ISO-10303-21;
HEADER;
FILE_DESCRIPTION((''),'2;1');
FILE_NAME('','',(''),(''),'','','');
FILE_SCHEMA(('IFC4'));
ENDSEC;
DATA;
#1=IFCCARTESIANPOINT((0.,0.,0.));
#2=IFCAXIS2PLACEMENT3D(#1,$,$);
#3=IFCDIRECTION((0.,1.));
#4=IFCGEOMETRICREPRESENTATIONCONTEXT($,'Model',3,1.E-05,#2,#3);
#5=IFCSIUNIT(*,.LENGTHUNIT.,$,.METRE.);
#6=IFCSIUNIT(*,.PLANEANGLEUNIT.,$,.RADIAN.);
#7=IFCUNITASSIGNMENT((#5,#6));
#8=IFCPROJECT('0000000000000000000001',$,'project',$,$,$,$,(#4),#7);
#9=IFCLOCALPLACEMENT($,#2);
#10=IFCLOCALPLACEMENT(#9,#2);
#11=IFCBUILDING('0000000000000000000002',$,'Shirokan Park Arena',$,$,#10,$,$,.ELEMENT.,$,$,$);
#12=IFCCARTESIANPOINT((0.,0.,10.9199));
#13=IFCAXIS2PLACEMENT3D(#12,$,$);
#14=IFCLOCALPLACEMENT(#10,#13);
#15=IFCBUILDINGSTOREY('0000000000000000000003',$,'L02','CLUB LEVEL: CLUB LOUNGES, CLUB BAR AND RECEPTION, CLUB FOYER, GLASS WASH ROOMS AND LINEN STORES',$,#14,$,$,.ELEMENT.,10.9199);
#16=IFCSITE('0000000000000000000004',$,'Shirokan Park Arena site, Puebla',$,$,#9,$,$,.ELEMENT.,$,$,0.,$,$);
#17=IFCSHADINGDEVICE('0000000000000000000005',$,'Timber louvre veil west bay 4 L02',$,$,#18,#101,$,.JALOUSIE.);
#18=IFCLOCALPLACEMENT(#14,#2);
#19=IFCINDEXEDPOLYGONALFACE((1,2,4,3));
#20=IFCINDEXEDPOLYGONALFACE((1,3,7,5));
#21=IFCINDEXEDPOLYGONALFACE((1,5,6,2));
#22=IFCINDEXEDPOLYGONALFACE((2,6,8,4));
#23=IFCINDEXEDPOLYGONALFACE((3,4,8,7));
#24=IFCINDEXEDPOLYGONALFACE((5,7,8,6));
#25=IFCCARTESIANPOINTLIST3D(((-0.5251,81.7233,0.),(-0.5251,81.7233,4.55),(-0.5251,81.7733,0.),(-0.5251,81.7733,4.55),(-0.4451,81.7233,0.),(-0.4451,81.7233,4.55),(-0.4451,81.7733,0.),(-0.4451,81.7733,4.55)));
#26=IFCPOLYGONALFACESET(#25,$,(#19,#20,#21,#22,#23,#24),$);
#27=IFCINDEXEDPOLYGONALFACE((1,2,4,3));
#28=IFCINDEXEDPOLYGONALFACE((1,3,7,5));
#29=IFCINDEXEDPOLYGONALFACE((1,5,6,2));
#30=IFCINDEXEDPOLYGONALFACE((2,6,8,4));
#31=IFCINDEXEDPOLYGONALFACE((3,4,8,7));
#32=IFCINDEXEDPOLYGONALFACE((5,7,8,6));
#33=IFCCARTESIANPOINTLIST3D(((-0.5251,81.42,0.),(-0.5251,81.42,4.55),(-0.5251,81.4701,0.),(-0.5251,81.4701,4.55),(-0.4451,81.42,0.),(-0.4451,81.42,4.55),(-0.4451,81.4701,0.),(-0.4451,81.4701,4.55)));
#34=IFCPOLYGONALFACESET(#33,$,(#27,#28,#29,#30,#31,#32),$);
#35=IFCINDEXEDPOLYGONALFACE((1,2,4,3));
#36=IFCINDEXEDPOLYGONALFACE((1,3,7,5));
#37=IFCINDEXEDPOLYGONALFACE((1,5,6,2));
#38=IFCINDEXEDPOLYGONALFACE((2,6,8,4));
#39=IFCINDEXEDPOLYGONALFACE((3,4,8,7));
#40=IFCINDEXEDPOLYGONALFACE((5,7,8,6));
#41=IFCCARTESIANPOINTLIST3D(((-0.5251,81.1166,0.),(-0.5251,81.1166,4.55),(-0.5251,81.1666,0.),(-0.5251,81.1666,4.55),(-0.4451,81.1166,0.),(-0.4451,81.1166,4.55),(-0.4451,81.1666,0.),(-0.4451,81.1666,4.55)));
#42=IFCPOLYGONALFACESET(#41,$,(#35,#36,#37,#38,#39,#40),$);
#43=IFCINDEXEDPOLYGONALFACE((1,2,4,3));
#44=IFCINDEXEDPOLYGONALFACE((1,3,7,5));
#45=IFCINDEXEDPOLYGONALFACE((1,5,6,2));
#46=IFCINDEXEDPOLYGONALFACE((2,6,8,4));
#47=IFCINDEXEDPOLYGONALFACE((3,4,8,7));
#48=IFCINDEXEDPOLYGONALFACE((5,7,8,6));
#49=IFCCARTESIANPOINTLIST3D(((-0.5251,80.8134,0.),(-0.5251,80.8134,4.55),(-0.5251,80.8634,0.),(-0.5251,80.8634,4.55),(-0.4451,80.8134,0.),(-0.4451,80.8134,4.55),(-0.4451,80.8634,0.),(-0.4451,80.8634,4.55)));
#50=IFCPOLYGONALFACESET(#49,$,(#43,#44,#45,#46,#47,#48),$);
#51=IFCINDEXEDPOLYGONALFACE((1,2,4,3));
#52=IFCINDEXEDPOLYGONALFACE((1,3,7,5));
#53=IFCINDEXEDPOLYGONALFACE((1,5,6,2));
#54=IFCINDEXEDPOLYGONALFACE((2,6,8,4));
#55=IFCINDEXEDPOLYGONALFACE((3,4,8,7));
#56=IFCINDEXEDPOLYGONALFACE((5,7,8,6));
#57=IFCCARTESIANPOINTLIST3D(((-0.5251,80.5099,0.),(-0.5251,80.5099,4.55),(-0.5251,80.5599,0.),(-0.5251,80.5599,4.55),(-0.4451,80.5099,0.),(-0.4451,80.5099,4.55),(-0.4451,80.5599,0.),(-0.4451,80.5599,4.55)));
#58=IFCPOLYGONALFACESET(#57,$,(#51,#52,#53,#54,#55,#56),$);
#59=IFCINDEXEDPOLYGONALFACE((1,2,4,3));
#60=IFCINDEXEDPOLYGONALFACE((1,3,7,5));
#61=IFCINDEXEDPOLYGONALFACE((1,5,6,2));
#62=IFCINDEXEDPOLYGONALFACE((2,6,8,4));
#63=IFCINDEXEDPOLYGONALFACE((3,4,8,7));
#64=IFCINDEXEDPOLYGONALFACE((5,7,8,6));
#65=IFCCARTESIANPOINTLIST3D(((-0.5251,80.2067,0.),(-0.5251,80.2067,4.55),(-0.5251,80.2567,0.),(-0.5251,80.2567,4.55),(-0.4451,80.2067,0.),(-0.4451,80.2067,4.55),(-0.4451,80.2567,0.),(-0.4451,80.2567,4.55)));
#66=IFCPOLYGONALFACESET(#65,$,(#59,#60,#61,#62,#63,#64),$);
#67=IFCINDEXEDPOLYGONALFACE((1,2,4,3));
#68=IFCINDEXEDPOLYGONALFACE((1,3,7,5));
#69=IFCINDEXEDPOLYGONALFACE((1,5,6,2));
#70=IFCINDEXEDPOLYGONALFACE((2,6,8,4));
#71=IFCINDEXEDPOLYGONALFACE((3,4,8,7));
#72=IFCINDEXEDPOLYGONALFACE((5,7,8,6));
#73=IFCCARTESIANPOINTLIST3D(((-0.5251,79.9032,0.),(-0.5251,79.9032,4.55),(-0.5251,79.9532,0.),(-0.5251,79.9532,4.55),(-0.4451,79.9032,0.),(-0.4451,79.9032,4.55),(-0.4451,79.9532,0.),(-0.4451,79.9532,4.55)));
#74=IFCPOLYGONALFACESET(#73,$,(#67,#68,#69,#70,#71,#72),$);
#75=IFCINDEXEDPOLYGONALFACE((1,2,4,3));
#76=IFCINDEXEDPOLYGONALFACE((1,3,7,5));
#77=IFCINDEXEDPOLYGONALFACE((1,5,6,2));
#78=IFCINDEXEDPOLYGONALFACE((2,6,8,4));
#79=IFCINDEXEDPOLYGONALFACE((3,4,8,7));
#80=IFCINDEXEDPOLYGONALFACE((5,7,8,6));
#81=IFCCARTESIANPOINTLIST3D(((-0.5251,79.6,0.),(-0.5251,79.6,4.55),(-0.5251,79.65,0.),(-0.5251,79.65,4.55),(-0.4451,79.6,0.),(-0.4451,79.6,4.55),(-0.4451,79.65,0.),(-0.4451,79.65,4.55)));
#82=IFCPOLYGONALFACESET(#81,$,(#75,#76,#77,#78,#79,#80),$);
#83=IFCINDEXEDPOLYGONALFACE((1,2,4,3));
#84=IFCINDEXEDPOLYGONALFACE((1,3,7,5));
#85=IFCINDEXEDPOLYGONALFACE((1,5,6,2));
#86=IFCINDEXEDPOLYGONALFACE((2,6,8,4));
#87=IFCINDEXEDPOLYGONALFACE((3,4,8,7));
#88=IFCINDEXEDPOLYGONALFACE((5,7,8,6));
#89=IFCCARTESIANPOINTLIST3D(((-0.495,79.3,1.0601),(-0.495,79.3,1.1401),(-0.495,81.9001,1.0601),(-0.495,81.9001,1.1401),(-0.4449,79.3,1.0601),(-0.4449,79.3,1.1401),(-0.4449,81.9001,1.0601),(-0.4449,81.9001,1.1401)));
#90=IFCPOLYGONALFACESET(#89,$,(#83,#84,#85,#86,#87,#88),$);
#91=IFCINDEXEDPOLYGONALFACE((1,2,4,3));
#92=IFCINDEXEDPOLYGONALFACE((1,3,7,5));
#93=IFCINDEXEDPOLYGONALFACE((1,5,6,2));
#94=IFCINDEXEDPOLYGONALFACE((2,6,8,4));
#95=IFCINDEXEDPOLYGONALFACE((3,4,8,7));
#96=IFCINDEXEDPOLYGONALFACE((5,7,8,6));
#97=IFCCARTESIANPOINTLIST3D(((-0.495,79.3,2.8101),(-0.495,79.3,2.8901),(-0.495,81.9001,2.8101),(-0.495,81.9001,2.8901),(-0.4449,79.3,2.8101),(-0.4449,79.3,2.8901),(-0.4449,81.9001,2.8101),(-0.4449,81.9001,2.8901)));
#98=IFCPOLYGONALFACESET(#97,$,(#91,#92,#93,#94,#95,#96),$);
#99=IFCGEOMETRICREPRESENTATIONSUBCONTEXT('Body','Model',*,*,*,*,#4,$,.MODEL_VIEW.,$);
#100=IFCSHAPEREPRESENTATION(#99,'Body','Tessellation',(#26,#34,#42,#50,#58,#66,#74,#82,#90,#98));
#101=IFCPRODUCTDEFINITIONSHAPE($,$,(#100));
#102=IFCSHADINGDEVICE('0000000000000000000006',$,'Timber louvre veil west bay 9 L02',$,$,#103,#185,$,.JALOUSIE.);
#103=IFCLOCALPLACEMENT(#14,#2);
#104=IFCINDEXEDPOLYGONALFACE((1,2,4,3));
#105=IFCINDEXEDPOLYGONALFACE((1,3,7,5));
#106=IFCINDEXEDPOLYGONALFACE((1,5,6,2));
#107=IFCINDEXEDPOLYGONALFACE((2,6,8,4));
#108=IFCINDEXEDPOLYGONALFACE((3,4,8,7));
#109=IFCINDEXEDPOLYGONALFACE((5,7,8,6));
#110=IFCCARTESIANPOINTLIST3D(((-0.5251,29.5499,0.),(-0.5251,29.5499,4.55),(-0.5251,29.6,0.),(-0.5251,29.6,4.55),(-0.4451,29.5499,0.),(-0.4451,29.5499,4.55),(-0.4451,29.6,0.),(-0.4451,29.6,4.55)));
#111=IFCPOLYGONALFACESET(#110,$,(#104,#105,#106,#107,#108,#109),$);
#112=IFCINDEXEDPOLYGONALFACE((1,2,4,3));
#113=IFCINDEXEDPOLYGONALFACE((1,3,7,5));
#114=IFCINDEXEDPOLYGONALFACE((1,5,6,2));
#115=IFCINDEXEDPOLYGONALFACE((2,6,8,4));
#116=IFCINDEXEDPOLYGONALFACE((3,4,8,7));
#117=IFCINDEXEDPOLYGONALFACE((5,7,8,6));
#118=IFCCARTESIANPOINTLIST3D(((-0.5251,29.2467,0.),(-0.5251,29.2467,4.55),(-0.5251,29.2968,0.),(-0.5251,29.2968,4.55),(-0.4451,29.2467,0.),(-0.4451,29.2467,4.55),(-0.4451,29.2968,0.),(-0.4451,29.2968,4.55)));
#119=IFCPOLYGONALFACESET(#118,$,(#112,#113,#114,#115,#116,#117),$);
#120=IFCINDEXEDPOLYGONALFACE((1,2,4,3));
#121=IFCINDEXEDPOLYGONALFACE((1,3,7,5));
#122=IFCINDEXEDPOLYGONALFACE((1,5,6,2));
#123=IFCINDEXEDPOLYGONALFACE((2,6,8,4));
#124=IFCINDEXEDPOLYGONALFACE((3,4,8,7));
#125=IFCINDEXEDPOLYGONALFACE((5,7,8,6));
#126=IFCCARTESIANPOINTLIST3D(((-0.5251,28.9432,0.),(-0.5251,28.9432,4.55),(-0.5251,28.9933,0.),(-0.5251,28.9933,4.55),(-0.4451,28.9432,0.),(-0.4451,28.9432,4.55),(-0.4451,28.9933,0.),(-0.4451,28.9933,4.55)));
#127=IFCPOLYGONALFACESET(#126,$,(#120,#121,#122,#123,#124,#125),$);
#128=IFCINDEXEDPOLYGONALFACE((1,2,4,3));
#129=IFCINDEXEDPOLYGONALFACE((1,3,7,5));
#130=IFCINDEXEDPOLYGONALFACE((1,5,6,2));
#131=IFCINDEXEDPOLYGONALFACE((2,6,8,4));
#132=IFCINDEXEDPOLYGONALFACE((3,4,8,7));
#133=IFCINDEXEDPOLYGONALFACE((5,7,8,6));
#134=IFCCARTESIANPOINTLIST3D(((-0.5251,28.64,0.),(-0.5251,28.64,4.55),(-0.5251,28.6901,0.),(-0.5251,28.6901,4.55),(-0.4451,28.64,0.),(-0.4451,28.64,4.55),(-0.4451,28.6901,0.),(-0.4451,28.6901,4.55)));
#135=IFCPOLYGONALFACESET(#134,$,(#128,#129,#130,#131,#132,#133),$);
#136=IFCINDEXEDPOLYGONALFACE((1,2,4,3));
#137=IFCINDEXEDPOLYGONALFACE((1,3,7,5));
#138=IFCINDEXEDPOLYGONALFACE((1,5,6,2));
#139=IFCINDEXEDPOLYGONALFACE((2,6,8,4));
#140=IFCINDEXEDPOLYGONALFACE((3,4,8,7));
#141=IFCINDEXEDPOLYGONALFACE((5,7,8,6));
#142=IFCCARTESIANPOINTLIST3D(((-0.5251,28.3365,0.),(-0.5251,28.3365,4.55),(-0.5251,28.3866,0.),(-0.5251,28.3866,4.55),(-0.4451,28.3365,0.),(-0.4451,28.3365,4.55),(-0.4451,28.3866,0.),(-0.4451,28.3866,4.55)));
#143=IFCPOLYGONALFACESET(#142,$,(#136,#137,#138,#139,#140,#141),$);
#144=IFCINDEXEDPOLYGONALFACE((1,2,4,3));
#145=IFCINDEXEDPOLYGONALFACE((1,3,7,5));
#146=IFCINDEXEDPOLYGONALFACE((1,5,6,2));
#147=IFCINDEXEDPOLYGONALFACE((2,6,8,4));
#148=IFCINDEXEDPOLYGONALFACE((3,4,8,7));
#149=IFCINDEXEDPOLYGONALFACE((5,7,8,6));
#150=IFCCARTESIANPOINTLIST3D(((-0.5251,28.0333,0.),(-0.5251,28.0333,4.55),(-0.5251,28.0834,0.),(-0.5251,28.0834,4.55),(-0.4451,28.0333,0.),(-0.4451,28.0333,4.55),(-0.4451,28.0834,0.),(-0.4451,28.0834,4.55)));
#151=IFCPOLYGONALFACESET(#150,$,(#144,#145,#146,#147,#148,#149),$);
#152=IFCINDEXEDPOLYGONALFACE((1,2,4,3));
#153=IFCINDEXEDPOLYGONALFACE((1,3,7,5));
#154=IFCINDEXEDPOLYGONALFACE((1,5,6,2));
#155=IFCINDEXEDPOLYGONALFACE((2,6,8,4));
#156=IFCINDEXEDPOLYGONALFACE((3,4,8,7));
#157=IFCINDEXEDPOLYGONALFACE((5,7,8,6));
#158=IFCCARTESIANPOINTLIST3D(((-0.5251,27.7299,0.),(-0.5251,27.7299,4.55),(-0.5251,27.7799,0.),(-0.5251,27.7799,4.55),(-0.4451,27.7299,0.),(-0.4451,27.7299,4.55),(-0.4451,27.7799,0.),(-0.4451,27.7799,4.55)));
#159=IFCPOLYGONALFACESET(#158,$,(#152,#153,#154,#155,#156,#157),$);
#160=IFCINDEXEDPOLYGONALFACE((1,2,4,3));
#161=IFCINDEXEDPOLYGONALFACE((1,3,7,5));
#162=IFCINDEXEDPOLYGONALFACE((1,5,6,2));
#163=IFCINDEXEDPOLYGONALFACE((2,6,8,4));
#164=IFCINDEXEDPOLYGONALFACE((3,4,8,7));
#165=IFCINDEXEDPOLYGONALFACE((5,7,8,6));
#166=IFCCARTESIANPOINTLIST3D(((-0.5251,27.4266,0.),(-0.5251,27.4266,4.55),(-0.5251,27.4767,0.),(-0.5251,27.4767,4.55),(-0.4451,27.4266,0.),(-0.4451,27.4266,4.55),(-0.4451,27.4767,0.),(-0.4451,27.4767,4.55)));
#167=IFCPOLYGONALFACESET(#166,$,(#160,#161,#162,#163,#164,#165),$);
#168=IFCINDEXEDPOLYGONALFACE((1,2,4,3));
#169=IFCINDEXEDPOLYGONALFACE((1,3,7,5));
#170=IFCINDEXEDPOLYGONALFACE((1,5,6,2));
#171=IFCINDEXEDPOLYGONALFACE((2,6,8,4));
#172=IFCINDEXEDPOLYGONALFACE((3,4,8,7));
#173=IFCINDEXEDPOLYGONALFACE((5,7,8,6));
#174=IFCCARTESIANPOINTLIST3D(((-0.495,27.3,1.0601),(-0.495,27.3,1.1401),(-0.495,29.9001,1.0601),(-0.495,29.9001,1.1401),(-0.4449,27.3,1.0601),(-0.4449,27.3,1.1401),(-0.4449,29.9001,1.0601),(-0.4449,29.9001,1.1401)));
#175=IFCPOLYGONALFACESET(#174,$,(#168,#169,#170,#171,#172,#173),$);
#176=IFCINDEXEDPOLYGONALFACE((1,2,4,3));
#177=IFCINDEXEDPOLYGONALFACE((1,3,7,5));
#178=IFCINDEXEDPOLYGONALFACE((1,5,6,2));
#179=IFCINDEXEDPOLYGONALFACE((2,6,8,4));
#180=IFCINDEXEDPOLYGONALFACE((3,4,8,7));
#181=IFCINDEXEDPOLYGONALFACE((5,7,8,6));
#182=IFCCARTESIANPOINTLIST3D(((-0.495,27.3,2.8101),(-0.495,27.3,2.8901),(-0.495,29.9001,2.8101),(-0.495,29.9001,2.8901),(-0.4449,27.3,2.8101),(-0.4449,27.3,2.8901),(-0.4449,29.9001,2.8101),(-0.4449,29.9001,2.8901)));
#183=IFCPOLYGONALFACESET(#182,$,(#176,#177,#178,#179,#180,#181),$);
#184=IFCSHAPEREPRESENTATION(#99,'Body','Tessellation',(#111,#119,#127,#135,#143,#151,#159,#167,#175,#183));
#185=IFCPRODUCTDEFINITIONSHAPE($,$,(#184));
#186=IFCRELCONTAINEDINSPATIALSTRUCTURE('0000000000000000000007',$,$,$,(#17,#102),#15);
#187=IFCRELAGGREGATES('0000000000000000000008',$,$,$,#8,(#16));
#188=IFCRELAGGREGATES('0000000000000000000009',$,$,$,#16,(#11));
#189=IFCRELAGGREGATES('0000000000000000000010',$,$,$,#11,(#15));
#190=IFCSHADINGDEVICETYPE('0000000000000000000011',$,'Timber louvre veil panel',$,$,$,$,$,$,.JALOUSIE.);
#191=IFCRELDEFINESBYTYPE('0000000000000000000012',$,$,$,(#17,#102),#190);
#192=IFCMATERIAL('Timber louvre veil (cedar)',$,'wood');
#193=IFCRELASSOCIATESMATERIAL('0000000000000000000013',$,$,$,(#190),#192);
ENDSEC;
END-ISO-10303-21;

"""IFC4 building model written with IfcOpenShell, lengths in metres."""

from ifc_helpers import new_model, si_unit, direction, frame, origin, origin_2d, place, context, subcontext, project, spatial, rectangle, extrude, material, type_object, element, save


model = new_model("IFC4")

# Units and contexts
model_context = context("Model", 3, precision=1e-05, world=origin(), true_north=direction((0.0, 1.0)))
body_context = subcontext(model_context, "Body", "Model", "MODEL_VIEW")
ifc_project = project(units=[si_unit("LENGTHUNIT", "METRE"), si_unit("PLANEANGLEUNIT", "RADIAN")], contexts=[model_context])

# Site, building, storey
site_placement = place(None, origin())
site = spatial("IfcSite", under=ifc_project, at=site_placement, Name="Shirokan Park Arena site, Puebla", CompositionType="ELEMENT", RefElevation=0.0)
building_placement = place(site_placement, origin())
building = spatial("IfcBuilding", under=site, at=building_placement, Name="Shirokan Park Arena", CompositionType="ELEMENT")
storey_placement = place(building_placement, frame((0.0, 0.0, 10.9199)))
storey = spatial("IfcBuildingStorey", under=building, at=storey_placement, Name="L02", Description="CLUB LEVEL: CLUB LOUNGES, CLUB BAR AND RECEPTION, CLUB FOYER, GLASS WASH ROOMS AND LINEN STORES", CompositionType="ELEMENT", Elevation=10.9199)

# Shading devices
ifc_material_1 = material(Name="Timber louvre veil (cedar)", Category="wood")
shading_device_type = type_object("IfcShadingDeviceType", Name="Timber louvre veil panel", PredefinedType="JALOUSIE", material=ifc_material_1)
shading_device_1_placement = place(storey_placement, origin())
element("IfcShadingDevice", 1, at=shading_device_1_placement, inside=storey, type_object=shading_device_type, Name="Timber louvre veil west bay 4 L02", PredefinedType="JALOUSIE", context=body_context, shape_type="SweptSolid", body=[
    extrude(rectangle(XDim=0.05, YDim=0.0801, at=origin_2d()), frame((-0.4851, 81.7483, 0.0), z_axis=(0.0, 0.0, 1.0), x_axis=(0.0, -1.0, 0.0)), (0.0, 0.0, 1.0), 4.55),
    extrude(rectangle(XDim=0.05, YDim=0.0801, at=origin_2d()), frame((-0.4851, 81.4451, 0.0), z_axis=(0.0, 0.0, 1.0), x_axis=(0.0, -1.0, 0.0)), (0.0, 0.0, 1.0), 4.55),
    extrude(rectangle(XDim=0.05, YDim=0.0801, at=origin_2d()), frame((-0.4851, 81.1416, 0.0), z_axis=(0.0, 0.0, 1.0), x_axis=(0.0, -1.0, 0.0)), (0.0, 0.0, 1.0), 4.55),
    extrude(rectangle(XDim=0.05, YDim=0.0801, at=origin_2d()), frame((-0.4851, 80.8384, 0.0), z_axis=(0.0, 0.0, 1.0), x_axis=(0.0, -1.0, 0.0)), (0.0, 0.0, 1.0), 4.55),
    extrude(rectangle(XDim=0.05, YDim=0.0801, at=origin_2d()), frame((-0.4851, 80.5349, 0.0), z_axis=(0.0, 0.0, 1.0), x_axis=(0.0, -1.0, 0.0)), (0.0, 0.0, 1.0), 4.55),
    extrude(rectangle(XDim=0.05, YDim=0.0801, at=origin_2d()), frame((-0.4851, 80.2317, 0.0), z_axis=(0.0, 0.0, 1.0), x_axis=(0.0, -1.0, 0.0)), (0.0, 0.0, 1.0), 4.55),
    extrude(rectangle(XDim=0.05, YDim=0.0801, at=origin_2d()), frame((-0.4851, 79.9282, 0.0), z_axis=(0.0, 0.0, 1.0), x_axis=(0.0, -1.0, 0.0)), (0.0, 0.0, 1.0), 4.55),
    extrude(rectangle(XDim=0.05, YDim=0.0801, at=origin_2d()), frame((-0.4851, 79.625, 0.0), z_axis=(0.0, 0.0, 1.0), x_axis=(0.0, -1.0, 0.0)), (0.0, 0.0, 1.0), 4.55),
    extrude(rectangle(XDim=2.6001, YDim=0.05, at=origin_2d()), frame((-0.47, 80.6001, 1.0601), z_axis=(0.0, 0.0, 1.0), x_axis=(0.0, -1.0, 0.0)), (0.0, 0.0, 1.0), 0.0801),
    extrude(rectangle(XDim=2.6001, YDim=0.05, at=origin_2d()), frame((-0.47, 80.6001, 2.8101), z_axis=(0.0, 0.0, 1.0), x_axis=(0.0, -1.0, 0.0)), (0.0, 0.0, 1.0), 0.0801),
])
shading_device_2_placement = place(storey_placement, origin())
element("IfcShadingDevice", 2, at=shading_device_2_placement, inside=storey, type_object=shading_device_type, Name="Timber louvre veil west bay 9 L02", PredefinedType="JALOUSIE", context=body_context, shape_type="SweptSolid", body=[
    extrude(rectangle(XDim=0.05, YDim=0.0801, at=origin_2d()), frame((-0.4851, 29.575, 0.0), z_axis=(0.0, 0.0, 1.0), x_axis=(0.0, -1.0, 0.0)), (0.0, 0.0, 1.0), 4.55),
    extrude(rectangle(XDim=0.05, YDim=0.0801, at=origin_2d()), frame((-0.4851, 29.2717, 0.0), z_axis=(0.0, 0.0, 1.0), x_axis=(0.0, -1.0, 0.0)), (0.0, 0.0, 1.0), 4.55),
    extrude(rectangle(XDim=0.05, YDim=0.0801, at=origin_2d()), frame((-0.4851, 28.9683, 0.0), z_axis=(0.0, 0.0, 1.0), x_axis=(0.0, -1.0, 0.0)), (0.0, 0.0, 1.0), 4.55),
    extrude(rectangle(XDim=0.05, YDim=0.0801, at=origin_2d()), frame((-0.4851, 28.665, 0.0), z_axis=(0.0, 0.0, 1.0), x_axis=(0.0, -1.0, 0.0)), (0.0, 0.0, 1.0), 4.55),
    extrude(rectangle(XDim=0.05, YDim=0.0801, at=origin_2d()), frame((-0.4851, 28.3616, 0.0), z_axis=(0.0, 0.0, 1.0), x_axis=(0.0, -1.0, 0.0)), (0.0, 0.0, 1.0), 4.55),
    extrude(rectangle(XDim=0.05, YDim=0.0801, at=origin_2d()), frame((-0.4851, 28.0583, 0.0), z_axis=(0.0, 0.0, 1.0), x_axis=(0.0, -1.0, 0.0)), (0.0, 0.0, 1.0), 4.55),
    extrude(rectangle(XDim=0.05, YDim=0.0801, at=origin_2d()), frame((-0.4851, 27.7549, 0.0), z_axis=(0.0, 0.0, 1.0), x_axis=(0.0, -1.0, 0.0)), (0.0, 0.0, 1.0), 4.55),
    extrude(rectangle(XDim=0.05, YDim=0.0801, at=origin_2d()), frame((-0.4851, 27.4517, 0.0), z_axis=(0.0, 0.0, 1.0), x_axis=(0.0, -1.0, 0.0)), (0.0, 0.0, 1.0), 4.55),
    extrude(rectangle(XDim=2.6001, YDim=0.05, at=origin_2d()), frame((-0.47, 28.6001, 1.0601), z_axis=(0.0, 0.0, 1.0), x_axis=(0.0, -1.0, 0.0)), (0.0, 0.0, 1.0), 0.0801),
    extrude(rectangle(XDim=2.6001, YDim=0.05, at=origin_2d()), frame((-0.47, 28.6001, 2.8101), z_axis=(0.0, 0.0, 1.0), x_axis=(0.0, -1.0, 0.0)), (0.0, 0.0, 1.0), 0.0801),
])

save(model, "model.ifc")
